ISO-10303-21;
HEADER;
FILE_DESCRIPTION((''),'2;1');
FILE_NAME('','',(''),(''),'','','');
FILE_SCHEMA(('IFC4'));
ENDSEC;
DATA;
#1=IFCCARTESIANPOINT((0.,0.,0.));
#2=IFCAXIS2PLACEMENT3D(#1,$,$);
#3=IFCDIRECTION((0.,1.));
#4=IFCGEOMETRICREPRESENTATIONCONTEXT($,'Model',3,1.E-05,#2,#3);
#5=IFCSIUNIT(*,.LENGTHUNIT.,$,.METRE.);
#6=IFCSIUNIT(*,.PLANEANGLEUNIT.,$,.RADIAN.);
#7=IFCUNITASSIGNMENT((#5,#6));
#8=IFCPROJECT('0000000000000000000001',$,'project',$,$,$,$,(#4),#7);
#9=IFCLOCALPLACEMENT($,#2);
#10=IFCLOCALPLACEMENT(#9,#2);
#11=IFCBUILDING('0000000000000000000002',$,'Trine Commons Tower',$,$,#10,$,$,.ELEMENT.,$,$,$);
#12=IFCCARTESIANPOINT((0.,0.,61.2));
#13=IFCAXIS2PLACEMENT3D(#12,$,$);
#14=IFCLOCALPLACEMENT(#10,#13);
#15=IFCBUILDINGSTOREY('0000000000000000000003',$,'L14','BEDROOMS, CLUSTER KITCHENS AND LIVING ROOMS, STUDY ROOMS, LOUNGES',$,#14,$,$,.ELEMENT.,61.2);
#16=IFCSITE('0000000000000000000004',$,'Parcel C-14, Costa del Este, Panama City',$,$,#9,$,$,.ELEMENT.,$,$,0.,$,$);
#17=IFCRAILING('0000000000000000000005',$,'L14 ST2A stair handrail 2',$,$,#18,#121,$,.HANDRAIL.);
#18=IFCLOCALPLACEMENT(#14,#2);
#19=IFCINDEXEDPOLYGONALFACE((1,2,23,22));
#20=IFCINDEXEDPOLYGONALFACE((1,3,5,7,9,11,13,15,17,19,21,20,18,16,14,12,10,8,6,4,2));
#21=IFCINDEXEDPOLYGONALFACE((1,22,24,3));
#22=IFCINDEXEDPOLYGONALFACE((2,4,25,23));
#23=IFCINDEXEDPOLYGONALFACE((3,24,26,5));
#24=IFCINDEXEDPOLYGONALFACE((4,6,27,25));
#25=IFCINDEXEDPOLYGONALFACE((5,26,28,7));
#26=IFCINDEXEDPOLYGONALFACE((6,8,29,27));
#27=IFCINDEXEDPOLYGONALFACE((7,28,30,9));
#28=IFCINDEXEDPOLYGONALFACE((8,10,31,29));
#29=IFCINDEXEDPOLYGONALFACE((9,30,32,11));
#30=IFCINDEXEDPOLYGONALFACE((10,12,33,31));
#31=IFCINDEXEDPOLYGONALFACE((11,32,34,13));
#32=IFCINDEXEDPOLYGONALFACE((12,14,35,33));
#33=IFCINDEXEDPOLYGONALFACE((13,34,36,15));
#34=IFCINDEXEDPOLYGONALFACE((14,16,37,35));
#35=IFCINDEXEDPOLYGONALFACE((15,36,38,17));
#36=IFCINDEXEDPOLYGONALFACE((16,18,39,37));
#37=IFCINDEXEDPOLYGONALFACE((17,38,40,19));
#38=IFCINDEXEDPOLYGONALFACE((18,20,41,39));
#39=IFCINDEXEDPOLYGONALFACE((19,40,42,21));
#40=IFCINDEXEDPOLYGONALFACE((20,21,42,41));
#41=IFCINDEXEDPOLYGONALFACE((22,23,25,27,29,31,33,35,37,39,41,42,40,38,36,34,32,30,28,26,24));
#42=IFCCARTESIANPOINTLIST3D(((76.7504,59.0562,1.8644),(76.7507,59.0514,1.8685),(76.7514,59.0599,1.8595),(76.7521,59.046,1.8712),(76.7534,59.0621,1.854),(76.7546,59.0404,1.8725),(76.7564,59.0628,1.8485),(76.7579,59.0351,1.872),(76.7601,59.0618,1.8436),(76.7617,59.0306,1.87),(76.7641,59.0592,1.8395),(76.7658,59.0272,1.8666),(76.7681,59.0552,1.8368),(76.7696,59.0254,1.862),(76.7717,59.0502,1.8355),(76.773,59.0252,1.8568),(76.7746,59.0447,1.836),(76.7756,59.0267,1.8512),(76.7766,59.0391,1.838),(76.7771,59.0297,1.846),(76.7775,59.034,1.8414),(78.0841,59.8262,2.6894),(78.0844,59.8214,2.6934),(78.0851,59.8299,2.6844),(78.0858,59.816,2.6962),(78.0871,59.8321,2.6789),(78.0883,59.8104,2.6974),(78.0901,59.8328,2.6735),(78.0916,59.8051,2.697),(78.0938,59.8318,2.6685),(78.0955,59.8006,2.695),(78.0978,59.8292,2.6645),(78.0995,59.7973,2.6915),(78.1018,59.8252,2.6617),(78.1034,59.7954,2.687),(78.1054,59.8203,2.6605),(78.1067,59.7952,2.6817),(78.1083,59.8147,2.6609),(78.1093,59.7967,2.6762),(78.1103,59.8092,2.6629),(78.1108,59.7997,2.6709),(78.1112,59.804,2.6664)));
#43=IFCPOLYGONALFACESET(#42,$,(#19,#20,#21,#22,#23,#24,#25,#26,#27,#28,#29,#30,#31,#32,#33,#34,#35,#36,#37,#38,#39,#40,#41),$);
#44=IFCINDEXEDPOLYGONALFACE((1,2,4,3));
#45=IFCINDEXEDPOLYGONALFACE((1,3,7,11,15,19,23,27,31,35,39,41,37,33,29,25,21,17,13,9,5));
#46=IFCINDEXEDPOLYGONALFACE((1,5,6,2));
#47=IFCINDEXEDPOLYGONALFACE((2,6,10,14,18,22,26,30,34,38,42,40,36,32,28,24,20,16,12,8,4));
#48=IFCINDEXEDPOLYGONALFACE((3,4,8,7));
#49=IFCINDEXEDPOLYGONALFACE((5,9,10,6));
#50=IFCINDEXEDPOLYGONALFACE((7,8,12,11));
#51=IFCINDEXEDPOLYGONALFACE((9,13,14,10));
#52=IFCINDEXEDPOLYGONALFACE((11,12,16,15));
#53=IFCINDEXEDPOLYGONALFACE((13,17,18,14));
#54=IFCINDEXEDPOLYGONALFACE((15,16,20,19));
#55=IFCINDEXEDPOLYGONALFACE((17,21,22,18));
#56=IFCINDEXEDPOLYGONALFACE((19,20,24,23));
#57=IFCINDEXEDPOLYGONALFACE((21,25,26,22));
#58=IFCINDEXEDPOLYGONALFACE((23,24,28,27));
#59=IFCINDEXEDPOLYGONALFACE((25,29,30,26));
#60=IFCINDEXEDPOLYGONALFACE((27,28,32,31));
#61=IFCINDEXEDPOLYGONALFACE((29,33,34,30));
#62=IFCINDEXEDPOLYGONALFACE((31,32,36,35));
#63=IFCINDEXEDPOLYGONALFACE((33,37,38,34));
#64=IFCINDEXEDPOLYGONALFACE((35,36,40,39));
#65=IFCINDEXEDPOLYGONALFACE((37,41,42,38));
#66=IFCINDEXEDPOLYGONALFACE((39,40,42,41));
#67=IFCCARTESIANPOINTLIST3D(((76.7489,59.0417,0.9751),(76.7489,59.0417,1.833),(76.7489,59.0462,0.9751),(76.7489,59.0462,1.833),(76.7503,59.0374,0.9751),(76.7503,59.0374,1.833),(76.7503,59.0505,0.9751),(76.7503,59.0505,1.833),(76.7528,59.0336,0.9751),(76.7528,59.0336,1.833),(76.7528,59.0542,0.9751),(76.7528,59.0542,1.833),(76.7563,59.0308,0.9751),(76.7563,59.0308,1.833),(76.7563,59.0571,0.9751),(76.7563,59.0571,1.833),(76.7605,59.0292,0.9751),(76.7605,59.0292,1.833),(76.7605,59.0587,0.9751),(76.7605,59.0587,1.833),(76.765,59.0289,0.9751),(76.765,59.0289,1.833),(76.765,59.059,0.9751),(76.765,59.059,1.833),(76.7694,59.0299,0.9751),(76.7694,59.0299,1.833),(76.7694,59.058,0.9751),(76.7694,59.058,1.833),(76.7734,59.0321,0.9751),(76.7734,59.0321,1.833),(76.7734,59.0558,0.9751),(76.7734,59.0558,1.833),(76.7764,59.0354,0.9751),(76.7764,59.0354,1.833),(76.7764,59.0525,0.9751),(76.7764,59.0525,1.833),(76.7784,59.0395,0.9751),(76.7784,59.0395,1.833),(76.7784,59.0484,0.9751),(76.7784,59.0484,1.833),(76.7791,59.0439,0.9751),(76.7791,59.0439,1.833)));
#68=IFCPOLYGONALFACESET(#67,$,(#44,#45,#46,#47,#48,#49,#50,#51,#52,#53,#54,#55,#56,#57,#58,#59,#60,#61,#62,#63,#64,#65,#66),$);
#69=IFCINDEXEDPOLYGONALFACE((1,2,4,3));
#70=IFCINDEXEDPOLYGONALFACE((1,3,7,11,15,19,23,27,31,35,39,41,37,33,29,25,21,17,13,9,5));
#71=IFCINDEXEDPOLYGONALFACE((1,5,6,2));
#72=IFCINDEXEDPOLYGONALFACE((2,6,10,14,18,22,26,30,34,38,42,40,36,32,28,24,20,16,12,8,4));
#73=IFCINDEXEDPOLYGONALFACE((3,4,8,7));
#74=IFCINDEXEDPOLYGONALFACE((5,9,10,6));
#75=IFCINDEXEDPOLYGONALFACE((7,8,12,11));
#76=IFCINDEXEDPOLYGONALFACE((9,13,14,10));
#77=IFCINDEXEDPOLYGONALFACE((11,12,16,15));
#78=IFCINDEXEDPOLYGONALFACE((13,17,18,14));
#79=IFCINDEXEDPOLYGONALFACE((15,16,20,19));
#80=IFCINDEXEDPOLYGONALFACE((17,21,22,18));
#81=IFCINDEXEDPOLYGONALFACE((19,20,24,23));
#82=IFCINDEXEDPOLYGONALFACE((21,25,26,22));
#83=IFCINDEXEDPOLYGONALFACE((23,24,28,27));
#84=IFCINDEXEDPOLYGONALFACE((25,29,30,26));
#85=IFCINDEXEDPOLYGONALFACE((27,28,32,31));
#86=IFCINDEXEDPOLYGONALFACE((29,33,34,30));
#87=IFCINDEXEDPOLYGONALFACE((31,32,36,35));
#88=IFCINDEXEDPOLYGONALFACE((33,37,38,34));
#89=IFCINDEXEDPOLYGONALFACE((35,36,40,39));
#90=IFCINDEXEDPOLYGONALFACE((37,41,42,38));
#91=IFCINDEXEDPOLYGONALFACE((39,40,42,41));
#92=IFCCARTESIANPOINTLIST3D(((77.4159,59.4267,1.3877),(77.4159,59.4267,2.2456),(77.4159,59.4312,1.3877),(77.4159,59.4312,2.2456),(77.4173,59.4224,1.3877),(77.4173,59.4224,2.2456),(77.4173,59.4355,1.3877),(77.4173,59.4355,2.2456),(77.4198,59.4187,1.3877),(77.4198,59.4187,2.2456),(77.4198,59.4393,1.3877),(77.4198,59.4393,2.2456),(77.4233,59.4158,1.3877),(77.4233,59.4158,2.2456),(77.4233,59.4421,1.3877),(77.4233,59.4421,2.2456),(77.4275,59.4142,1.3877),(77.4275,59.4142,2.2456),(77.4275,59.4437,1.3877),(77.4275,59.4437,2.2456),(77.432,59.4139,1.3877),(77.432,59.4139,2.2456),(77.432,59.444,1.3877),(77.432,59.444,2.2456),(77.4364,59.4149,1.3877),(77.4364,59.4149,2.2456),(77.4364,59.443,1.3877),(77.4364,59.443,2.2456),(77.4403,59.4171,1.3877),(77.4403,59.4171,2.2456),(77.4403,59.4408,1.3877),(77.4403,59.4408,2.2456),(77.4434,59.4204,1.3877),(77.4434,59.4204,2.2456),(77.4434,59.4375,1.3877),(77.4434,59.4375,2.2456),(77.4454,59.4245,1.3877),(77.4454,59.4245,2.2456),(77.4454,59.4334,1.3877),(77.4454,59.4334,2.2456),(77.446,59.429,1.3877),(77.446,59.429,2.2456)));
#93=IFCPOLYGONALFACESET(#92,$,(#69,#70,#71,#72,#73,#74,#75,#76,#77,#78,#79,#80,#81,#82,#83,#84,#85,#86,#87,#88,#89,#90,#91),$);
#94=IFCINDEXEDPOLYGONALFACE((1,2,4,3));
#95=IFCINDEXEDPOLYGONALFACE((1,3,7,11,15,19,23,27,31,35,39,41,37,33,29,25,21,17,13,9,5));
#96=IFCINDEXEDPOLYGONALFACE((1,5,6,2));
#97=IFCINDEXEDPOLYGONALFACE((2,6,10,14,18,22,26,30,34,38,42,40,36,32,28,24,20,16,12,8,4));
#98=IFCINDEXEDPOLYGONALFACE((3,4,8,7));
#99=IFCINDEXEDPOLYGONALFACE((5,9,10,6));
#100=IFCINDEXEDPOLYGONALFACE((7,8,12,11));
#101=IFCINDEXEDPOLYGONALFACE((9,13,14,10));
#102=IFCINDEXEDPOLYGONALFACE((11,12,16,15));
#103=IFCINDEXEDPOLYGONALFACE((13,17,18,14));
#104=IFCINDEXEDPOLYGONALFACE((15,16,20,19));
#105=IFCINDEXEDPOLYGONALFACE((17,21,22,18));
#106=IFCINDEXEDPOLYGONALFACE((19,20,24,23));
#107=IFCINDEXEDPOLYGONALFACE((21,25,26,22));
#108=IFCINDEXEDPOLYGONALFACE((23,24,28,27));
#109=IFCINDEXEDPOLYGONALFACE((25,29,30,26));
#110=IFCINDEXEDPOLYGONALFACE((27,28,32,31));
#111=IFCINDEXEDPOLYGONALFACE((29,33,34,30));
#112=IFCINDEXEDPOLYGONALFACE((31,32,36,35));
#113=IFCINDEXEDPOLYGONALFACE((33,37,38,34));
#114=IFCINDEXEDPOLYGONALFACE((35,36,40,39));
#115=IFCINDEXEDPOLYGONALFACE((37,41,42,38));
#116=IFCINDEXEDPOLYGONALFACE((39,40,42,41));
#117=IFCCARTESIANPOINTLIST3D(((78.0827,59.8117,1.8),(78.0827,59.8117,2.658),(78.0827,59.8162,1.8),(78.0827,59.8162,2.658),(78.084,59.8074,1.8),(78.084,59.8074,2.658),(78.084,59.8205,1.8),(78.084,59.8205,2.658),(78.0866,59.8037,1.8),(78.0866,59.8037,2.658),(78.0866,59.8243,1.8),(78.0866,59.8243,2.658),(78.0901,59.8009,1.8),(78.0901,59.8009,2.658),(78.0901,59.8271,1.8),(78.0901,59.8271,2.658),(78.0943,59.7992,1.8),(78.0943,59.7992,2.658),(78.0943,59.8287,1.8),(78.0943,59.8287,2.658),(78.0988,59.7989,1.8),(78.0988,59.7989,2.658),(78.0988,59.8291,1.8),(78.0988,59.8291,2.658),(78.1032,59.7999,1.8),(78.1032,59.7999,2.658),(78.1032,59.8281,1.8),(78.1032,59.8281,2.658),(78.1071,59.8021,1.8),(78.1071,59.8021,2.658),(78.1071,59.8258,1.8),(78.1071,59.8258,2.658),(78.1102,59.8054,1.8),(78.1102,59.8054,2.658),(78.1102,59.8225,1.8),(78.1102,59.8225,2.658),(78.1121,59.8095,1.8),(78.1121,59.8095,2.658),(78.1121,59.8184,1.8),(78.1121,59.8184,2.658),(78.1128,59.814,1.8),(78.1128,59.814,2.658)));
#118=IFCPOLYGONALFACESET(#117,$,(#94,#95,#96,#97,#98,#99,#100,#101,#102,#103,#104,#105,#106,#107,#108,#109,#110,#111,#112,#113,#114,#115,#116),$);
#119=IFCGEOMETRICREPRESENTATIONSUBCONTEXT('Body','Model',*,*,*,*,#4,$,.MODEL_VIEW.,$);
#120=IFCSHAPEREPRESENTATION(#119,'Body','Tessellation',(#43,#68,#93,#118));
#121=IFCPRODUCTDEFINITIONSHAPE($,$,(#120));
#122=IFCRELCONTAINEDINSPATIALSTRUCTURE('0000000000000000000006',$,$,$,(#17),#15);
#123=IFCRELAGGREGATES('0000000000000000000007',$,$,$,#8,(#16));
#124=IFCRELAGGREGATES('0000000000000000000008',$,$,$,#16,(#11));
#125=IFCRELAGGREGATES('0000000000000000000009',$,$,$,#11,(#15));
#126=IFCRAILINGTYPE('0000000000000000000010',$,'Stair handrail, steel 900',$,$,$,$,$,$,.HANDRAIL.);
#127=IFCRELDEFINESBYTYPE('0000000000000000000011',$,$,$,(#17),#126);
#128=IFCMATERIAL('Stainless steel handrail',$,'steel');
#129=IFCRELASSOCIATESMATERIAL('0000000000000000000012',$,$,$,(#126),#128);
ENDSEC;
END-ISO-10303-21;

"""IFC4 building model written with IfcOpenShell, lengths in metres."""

from ifc_helpers import new_model, si_unit, direction, frame, origin, origin_2d, place, context, subcontext, project, spatial, circle, extrude, material, type_object, element, save


model = new_model("IFC4")

# Units and contexts
model_context = context("Model", 3, precision=1e-05, world=origin(), true_north=direction((0.0, 1.0)))
body_context = subcontext(model_context, "Body", "Model", "MODEL_VIEW")
ifc_project = project(units=[si_unit("LENGTHUNIT", "METRE"), si_unit("PLANEANGLEUNIT", "RADIAN")], contexts=[model_context])

# Site, building, storey
site_placement = place(None, origin())
site = spatial("IfcSite", under=ifc_project, at=site_placement, Name="Parcel C-14, Costa del Este, Panama City", CompositionType="ELEMENT", RefElevation=0.0)
building_placement = place(site_placement, origin())
building = spatial("IfcBuilding", under=site, at=building_placement, Name="Trine Commons Tower", CompositionType="ELEMENT")
storey_placement = place(building_placement, frame((0.0, 0.0, 61.2)))
storey = spatial("IfcBuildingStorey", under=building, at=storey_placement, Name="L14", Description="BEDROOMS, CLUSTER KITCHENS AND LIVING ROOMS, STUDY ROOMS, LOUNGES", CompositionType="ELEMENT", Elevation=61.2)

# Railing
ifc_material_1 = material(Name="Stainless steel handrail", Category="steel")
railing_type_1 = type_object("IfcRailingType", Name="Stair handrail, steel 900", PredefinedType="HANDRAIL", material=ifc_material_1)
for number, where, name in (
    (1, (76.7639, 59.0439, 0.9751), "L14 ST2A stair handrail 2"),
):
    element("IfcRailing", number, at=place(storey_placement, frame(where)), inside=storey, type_object=railing_type_1, Name=name, PredefinedType="HANDRAIL", context=body_context, shape_type="SweptSolid", body=[
        extrude(circle(Radius=0.021, at=origin_2d()), frame((0.0, 0.0, 0.8789), z_axis=(0.763405, 0.440743, 0.472185), x_axis=(-0.499992, 0.86603, 0.0)), (0.0, 0.0, 1.0), 1.7471),
        extrude(circle(Radius=0.0151, at=origin_2d()), origin(), (0.0, 0.0, 1.0), 0.8579),
        extrude(circle(Radius=0.0151, at=origin_2d()), frame((0.667, 0.385, 0.4126)), (0.0, 0.0, 1.0), 0.8579),
        extrude(circle(Radius=0.0151, at=origin_2d()), frame((1.3337, 0.77, 0.825)), (0.0, 0.0, 1.0), 0.8579),
    ])

save(model, "model.ifc")
